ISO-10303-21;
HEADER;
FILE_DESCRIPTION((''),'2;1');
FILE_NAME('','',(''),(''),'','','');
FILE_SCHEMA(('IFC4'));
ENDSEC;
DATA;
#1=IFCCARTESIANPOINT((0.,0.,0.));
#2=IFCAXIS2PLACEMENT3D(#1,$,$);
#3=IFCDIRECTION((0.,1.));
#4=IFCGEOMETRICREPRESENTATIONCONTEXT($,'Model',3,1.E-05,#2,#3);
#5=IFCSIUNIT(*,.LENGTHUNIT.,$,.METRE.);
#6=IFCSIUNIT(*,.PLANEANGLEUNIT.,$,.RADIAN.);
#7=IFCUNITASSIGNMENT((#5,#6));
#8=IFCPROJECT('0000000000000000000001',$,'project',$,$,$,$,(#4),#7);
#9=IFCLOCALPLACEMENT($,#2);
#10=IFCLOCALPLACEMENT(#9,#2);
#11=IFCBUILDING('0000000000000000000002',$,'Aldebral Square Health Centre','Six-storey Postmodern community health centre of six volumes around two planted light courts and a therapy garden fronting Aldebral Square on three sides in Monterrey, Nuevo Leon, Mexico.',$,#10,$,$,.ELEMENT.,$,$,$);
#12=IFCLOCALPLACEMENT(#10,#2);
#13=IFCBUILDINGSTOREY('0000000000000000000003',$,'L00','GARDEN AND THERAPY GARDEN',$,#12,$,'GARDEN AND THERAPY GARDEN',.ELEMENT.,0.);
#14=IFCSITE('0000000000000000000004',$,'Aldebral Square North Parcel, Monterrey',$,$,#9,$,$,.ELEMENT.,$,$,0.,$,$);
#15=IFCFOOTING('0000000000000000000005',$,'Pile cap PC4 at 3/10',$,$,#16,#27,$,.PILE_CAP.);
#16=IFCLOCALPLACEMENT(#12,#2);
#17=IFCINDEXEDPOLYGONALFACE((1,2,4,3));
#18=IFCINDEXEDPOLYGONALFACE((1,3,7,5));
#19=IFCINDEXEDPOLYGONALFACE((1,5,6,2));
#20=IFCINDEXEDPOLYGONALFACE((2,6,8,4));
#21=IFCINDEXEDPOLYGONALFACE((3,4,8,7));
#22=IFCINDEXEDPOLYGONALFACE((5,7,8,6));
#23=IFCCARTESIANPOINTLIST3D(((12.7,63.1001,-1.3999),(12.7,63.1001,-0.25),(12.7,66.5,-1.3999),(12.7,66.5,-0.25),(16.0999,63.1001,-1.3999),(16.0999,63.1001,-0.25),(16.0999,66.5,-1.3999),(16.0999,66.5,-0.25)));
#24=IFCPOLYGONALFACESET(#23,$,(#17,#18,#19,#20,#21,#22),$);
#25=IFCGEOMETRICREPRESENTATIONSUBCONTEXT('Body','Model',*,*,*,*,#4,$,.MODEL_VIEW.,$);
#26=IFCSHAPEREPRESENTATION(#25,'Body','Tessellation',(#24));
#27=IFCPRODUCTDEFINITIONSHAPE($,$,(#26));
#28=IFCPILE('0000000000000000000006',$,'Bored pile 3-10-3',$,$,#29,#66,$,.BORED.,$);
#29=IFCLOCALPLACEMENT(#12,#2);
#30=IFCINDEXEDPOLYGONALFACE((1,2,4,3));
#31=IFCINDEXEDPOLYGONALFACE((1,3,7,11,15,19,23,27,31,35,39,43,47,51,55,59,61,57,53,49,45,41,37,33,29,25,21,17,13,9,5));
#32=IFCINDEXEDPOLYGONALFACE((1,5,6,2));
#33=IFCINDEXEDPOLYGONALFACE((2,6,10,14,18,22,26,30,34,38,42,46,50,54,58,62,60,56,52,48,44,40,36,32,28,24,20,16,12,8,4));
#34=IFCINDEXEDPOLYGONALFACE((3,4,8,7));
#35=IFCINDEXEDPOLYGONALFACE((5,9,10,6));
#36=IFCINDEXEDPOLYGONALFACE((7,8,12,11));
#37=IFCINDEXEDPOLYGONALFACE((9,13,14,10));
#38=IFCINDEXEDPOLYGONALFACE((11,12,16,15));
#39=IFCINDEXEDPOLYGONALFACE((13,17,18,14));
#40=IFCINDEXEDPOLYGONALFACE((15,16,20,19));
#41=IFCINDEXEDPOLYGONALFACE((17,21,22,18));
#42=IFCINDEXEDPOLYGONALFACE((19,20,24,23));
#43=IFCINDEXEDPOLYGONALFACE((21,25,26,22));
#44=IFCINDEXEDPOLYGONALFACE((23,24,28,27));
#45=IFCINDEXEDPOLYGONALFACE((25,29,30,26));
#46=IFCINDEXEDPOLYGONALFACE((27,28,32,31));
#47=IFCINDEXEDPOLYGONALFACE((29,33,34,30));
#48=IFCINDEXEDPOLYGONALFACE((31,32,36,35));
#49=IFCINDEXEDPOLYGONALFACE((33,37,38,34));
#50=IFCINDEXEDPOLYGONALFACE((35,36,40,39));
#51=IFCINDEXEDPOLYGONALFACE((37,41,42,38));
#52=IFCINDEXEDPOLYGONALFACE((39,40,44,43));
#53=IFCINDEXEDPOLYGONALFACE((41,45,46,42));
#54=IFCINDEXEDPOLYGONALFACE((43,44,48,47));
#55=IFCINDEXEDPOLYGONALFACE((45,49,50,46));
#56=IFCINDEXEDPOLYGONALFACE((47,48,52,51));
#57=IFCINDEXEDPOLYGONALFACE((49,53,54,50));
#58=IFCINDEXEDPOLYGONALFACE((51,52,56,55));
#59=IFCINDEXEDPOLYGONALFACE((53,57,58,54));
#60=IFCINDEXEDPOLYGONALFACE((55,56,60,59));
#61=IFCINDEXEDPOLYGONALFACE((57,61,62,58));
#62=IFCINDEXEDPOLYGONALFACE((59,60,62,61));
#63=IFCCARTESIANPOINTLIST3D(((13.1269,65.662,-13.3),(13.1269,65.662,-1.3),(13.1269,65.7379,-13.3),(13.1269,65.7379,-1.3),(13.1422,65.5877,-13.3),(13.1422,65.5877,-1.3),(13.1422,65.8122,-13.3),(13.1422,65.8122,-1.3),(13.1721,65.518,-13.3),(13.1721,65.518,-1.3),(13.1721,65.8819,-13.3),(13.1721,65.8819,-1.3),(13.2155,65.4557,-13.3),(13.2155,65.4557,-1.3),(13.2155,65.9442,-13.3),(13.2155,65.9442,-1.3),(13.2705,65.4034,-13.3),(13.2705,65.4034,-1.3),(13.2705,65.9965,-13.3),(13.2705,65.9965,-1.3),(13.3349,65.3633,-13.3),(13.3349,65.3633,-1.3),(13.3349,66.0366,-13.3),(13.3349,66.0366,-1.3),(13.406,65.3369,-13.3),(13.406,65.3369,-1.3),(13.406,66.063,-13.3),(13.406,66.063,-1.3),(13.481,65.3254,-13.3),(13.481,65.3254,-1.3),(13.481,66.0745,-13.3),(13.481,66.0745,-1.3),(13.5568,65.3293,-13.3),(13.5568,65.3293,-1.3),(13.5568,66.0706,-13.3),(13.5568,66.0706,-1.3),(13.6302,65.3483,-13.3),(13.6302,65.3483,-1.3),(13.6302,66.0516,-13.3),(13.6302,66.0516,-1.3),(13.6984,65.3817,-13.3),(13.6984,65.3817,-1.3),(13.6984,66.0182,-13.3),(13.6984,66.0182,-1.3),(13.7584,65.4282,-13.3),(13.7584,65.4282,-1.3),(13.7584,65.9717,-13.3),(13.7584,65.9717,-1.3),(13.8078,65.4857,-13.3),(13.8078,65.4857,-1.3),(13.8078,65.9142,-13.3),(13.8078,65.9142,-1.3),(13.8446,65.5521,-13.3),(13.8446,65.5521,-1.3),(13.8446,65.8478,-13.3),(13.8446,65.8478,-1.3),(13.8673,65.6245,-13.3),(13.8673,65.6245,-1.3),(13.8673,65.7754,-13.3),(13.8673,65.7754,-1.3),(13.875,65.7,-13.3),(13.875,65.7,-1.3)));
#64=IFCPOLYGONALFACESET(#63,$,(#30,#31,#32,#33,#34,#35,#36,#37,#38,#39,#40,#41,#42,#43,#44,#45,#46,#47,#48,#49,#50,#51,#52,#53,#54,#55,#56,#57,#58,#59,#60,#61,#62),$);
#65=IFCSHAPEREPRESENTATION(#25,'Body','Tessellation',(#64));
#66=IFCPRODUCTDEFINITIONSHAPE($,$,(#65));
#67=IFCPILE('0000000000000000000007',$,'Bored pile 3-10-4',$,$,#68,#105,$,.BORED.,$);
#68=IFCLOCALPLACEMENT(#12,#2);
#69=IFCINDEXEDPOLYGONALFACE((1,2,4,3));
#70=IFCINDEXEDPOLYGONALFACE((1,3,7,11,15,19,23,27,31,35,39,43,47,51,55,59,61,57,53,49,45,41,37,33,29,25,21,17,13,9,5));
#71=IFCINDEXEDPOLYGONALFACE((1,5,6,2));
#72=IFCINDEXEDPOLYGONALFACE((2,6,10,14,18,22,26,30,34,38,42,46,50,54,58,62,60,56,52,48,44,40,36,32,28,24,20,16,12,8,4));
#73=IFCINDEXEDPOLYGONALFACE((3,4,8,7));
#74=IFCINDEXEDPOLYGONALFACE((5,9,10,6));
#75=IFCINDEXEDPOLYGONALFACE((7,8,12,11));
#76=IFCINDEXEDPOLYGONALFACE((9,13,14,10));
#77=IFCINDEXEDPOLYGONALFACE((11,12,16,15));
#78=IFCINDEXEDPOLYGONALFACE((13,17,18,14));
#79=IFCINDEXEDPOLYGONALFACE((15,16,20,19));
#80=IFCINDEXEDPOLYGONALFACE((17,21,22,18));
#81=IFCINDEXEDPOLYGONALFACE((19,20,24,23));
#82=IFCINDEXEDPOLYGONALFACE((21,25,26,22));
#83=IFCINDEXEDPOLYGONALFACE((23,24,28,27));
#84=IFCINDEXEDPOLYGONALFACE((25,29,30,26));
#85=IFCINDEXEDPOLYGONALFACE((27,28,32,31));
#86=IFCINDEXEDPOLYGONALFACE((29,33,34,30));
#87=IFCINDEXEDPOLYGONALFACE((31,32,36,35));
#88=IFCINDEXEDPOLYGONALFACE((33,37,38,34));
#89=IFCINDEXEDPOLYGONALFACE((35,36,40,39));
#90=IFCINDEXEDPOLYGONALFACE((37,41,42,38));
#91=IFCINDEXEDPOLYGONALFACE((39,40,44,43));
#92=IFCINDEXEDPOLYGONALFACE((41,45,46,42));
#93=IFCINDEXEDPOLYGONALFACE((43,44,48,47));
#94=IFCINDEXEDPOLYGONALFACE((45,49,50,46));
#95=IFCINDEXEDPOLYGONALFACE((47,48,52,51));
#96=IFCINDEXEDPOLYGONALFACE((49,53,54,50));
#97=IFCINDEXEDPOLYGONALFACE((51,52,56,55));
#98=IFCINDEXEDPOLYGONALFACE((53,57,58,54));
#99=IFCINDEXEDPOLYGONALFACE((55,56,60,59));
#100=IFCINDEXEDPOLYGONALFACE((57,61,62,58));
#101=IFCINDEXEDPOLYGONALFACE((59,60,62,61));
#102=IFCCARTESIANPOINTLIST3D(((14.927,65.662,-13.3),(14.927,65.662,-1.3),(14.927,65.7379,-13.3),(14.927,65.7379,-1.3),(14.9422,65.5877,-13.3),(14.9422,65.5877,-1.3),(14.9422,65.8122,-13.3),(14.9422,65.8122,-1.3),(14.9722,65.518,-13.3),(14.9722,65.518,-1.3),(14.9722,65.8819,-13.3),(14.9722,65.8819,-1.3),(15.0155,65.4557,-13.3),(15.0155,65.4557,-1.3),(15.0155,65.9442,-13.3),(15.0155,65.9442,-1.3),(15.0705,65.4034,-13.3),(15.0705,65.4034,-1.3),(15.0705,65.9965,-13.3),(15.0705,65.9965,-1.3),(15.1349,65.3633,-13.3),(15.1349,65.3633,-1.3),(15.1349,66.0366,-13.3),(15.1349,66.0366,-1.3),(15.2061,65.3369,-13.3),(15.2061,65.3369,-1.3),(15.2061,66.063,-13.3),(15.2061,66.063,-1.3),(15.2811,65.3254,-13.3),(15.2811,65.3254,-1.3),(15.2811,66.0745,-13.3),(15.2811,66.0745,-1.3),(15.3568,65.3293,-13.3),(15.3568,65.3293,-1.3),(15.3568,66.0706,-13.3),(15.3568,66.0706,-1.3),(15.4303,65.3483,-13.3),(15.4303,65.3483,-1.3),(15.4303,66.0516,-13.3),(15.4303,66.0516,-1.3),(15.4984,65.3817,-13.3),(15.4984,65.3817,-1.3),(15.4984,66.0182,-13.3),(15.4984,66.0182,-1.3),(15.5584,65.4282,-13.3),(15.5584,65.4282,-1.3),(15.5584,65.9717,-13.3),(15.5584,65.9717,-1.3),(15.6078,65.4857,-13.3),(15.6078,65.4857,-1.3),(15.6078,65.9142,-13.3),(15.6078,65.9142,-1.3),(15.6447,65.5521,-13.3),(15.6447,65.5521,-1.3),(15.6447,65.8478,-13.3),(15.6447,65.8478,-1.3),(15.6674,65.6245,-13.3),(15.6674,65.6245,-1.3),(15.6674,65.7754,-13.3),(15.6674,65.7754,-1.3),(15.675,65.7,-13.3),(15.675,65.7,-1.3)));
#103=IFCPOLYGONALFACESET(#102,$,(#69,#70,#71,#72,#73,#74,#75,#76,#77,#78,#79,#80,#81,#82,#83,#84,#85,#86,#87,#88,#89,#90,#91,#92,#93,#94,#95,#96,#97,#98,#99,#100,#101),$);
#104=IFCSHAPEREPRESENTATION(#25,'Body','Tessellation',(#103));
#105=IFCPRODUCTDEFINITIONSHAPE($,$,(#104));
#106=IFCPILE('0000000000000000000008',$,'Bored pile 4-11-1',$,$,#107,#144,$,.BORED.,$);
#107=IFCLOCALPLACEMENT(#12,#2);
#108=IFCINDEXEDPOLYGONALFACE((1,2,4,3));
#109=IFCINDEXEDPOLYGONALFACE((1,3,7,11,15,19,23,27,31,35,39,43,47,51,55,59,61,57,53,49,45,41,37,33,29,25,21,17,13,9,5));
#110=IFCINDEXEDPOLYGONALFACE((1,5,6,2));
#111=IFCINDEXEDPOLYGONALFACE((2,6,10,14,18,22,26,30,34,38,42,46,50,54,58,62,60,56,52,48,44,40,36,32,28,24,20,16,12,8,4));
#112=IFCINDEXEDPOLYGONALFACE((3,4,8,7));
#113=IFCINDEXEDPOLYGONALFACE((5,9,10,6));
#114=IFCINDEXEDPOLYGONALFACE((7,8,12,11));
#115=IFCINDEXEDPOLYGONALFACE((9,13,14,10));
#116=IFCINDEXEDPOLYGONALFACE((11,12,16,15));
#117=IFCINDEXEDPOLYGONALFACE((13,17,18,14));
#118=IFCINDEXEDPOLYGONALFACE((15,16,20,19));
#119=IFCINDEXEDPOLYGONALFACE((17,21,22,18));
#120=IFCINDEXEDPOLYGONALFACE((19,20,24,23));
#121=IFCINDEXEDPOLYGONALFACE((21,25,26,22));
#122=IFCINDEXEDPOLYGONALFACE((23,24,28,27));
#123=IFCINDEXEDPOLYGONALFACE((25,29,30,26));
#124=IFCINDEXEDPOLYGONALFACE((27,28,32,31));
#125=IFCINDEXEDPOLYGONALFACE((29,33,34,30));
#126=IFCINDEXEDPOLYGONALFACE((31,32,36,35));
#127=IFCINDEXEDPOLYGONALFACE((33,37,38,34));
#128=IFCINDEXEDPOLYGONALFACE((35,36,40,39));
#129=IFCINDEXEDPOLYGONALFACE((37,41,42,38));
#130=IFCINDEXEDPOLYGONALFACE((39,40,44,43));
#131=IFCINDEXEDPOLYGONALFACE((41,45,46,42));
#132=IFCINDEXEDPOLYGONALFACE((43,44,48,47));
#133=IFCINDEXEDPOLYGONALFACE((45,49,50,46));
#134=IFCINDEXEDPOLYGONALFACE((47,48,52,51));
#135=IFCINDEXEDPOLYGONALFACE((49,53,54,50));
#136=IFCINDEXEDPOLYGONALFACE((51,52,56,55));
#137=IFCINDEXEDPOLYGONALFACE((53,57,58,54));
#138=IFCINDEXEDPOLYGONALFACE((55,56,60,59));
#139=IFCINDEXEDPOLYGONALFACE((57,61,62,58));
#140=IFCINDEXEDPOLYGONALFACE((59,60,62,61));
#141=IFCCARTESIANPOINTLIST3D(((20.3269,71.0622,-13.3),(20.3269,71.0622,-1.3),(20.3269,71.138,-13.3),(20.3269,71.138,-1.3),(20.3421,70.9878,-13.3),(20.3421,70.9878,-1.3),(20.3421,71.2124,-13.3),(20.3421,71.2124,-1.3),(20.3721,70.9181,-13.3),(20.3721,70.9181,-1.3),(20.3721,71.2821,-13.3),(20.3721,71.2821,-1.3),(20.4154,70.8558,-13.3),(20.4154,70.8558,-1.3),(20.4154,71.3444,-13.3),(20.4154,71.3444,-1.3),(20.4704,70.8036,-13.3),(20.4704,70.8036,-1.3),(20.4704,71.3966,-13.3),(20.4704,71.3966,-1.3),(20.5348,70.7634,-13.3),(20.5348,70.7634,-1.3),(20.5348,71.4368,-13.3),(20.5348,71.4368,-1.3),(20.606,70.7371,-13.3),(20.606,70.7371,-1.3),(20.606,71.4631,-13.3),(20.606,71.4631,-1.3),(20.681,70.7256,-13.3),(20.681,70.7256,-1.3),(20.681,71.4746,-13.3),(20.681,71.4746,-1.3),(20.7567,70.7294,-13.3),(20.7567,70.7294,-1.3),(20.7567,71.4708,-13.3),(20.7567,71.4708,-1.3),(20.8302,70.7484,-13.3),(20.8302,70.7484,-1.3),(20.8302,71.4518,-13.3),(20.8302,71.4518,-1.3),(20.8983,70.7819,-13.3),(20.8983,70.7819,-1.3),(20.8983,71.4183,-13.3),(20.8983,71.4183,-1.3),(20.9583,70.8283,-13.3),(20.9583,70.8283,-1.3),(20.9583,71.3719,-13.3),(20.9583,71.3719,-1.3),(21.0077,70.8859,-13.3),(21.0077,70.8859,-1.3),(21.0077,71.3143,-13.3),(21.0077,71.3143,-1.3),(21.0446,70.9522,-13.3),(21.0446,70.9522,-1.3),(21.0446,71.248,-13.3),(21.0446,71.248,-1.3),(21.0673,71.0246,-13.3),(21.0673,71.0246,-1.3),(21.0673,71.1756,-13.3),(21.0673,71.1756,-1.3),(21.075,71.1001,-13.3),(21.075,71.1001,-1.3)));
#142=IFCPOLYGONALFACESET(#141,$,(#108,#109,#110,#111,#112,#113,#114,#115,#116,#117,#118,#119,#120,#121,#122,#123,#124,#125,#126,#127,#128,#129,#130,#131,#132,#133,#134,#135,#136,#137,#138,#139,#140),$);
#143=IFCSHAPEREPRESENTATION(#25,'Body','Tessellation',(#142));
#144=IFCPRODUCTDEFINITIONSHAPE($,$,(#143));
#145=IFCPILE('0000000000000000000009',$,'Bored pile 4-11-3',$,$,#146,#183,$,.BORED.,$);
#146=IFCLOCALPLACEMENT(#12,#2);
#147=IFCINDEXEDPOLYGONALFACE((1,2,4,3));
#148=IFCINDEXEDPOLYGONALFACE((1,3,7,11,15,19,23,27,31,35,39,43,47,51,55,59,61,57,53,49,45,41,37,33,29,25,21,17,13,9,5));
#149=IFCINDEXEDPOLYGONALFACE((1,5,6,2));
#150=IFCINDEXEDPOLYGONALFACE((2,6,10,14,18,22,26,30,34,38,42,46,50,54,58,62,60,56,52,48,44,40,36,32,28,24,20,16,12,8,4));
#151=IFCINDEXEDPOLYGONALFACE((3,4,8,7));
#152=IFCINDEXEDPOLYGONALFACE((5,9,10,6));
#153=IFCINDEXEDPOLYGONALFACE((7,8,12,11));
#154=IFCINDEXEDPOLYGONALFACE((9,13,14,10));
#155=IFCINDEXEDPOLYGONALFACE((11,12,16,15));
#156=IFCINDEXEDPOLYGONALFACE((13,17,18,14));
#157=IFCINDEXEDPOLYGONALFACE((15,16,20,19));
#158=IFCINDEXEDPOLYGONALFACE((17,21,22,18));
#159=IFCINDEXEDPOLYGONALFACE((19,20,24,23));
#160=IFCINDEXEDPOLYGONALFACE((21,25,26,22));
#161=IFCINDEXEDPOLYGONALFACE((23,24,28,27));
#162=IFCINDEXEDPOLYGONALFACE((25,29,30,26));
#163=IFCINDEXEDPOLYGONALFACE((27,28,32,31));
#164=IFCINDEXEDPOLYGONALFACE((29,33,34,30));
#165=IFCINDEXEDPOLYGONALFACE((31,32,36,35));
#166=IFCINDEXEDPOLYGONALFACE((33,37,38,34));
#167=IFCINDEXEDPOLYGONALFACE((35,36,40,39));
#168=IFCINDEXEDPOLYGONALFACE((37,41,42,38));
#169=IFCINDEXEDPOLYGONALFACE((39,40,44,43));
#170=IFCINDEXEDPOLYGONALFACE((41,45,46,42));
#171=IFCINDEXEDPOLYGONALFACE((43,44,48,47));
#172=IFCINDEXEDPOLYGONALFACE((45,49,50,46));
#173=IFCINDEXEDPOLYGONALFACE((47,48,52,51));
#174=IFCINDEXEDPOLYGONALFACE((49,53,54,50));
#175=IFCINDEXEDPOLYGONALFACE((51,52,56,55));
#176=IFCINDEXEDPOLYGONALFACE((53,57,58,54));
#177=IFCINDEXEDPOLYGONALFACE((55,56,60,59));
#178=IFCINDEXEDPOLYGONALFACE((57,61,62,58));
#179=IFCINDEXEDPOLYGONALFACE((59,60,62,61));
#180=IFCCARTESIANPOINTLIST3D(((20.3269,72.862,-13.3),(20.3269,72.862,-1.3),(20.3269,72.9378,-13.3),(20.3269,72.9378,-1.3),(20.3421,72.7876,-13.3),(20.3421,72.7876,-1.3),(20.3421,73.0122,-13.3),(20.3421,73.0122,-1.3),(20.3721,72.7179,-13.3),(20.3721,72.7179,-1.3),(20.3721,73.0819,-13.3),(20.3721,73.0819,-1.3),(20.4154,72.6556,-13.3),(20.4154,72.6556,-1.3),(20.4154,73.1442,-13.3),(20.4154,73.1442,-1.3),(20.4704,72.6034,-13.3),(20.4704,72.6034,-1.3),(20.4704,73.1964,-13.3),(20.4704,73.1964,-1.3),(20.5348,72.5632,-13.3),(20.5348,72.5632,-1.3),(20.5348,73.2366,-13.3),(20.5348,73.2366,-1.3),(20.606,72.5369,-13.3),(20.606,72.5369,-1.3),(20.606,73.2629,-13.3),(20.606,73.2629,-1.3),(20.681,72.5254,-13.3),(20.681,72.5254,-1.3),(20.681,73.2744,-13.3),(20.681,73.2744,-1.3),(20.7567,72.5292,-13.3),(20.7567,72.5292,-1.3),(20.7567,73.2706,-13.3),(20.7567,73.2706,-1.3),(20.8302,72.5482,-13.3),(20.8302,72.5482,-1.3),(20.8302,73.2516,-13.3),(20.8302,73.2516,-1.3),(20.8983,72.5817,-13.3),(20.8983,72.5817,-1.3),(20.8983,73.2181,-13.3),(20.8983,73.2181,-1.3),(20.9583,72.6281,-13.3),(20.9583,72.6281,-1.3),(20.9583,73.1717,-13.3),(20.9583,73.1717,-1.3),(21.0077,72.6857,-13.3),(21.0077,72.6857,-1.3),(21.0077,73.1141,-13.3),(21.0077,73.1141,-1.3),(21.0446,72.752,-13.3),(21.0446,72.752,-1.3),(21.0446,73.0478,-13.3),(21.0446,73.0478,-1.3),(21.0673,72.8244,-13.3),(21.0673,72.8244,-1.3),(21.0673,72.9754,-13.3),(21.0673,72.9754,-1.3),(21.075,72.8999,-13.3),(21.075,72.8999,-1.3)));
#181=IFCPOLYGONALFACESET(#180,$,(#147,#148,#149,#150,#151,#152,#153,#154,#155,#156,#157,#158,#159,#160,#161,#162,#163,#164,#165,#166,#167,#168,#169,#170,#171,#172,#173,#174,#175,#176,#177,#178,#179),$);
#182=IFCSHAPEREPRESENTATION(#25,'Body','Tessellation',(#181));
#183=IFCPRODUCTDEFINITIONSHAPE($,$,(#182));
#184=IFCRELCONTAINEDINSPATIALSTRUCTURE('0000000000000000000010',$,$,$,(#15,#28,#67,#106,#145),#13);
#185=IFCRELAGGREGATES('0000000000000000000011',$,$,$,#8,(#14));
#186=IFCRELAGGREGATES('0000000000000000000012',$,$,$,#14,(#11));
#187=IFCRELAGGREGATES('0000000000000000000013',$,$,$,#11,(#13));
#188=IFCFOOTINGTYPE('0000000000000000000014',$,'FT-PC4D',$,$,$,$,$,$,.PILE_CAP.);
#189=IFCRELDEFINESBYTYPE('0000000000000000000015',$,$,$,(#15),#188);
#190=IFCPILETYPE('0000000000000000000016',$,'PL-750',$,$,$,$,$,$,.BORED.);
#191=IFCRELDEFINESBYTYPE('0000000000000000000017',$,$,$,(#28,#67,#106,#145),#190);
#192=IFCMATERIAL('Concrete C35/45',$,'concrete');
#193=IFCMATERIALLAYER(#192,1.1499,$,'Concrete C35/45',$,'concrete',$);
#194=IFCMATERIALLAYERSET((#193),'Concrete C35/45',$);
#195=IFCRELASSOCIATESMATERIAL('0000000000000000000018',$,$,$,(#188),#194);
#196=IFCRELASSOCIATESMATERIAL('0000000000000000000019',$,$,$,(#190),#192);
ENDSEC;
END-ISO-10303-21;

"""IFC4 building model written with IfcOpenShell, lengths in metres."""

from ifc_helpers import new_model, si_unit, direction, frame, origin, origin_2d, place, context, subcontext, project, spatial, rectangle, circle, extrude, material, layer, layer_set, material_profile, profile_set, type_object, element, save


model = new_model("IFC4")

# Units and contexts
model_context = context("Model", 3, precision=1e-05, world=origin(), true_north=direction((0.0, 1.0)))
body_context = subcontext(model_context, "Body", "Model", "MODEL_VIEW")
ifc_project = project(units=[si_unit("LENGTHUNIT", "METRE"), si_unit("PLANEANGLEUNIT", "RADIAN")], contexts=[model_context])

# Site, building, storey
site_placement = place(None, origin())
site = spatial("IfcSite", under=ifc_project, at=site_placement, Name="Aldebral Square North Parcel, Monterrey", CompositionType="ELEMENT", RefElevation=0.0)
building_placement = place(site_placement, origin())
building = spatial("IfcBuilding", under=site, at=building_placement, Name="Aldebral Square Health Centre", Description="Six-storey Postmodern community health centre of six volumes around two planted light courts and a therapy garden fronting Aldebral Square on three sides in Monterrey, Nuevo Leon, Mexico.", CompositionType="ELEMENT")
storey_placement = place(building_placement, origin())
storey = spatial("IfcBuildingStorey", under=building, at=storey_placement, Name="L00", Description="GARDEN AND THERAPY GARDEN", LongName="GARDEN AND THERAPY GARDEN", CompositionType="ELEMENT", Elevation=0.0)

# Footing
ifc_material_1 = material(Name="Concrete C35/45", Category="concrete")
ifc_layer_1 = layer(ifc_material_1, 1.1499, Name="Concrete C35/45", Category="concrete")
ifc_layer_set_1 = layer_set([ifc_layer_1], Name="Concrete C35/45")
footing_type = type_object("IfcFootingType", Name="FT-PC4D", PredefinedType="PILE_CAP", material=ifc_layer_set_1)
footing_placement = place(storey_placement, frame((14.3999, 64.8, -1.3999), z_axis=(0.0, 0.0, 1.0), x_axis=(1.0, 0.0, 0.0)))
element("IfcFooting", 1, at=footing_placement, inside=storey, type_object=footing_type, Name="Pile cap PC4 at 3/10", PredefinedType="PILE_CAP", context=body_context, shape_type="SweptSolid", body=[
    extrude(rectangle(XDim=3.3999, YDim=3.3999, at=origin_2d()), origin(), (0.0, 0.0, 1.0), 1.1499),
])

# Piles
ifc_material_profile_1 = material_profile(ifc_material_1, circle(Radius=0.375, at=origin_2d()), Name="PILE D750")
ifc_profile_set_1 = profile_set([ifc_material_profile_1], Name="Concrete C35/45")
pile_type_1 = type_object("IfcPileType", Name="PL-750", PredefinedType="BORED", material=ifc_profile_set_1)
for number, where, z_axis, x_axis, name in (
    (2, (13.5, 65.7, -1.3), (0.0, 0.0, -1.0), (1.0, 0.0, 0.0), "Bored pile 3-10-3"),
    (3, (15.3, 65.7, -1.3), (0.0, 0.0, -1.0), (1.0, 0.0, 0.0), "Bored pile 3-10-4"),
    (4, (20.7, 71.1001, -1.3), (0.0, 0.0, -1.0), (1.0, 0.0, 0.0), "Bored pile 4-11-1"),
    (5, (20.7, 72.8999, -1.3), (0.0, 0.0, -1.0), (1.0, 0.0, 0.0), "Bored pile 4-11-3"),
):
    element("IfcPile", number, at=place(storey_placement, frame(where, z_axis=z_axis, x_axis=x_axis)), inside=storey, type_object=pile_type_1, Name=name, PredefinedType="BORED", context=body_context, shape_type="SweptSolid", body=[
        extrude(circle(Radius=0.375, at=origin_2d()), origin(), (0.0, 0.0, 1.0), 12.0),
    ])

save(model, "model.ifc")
